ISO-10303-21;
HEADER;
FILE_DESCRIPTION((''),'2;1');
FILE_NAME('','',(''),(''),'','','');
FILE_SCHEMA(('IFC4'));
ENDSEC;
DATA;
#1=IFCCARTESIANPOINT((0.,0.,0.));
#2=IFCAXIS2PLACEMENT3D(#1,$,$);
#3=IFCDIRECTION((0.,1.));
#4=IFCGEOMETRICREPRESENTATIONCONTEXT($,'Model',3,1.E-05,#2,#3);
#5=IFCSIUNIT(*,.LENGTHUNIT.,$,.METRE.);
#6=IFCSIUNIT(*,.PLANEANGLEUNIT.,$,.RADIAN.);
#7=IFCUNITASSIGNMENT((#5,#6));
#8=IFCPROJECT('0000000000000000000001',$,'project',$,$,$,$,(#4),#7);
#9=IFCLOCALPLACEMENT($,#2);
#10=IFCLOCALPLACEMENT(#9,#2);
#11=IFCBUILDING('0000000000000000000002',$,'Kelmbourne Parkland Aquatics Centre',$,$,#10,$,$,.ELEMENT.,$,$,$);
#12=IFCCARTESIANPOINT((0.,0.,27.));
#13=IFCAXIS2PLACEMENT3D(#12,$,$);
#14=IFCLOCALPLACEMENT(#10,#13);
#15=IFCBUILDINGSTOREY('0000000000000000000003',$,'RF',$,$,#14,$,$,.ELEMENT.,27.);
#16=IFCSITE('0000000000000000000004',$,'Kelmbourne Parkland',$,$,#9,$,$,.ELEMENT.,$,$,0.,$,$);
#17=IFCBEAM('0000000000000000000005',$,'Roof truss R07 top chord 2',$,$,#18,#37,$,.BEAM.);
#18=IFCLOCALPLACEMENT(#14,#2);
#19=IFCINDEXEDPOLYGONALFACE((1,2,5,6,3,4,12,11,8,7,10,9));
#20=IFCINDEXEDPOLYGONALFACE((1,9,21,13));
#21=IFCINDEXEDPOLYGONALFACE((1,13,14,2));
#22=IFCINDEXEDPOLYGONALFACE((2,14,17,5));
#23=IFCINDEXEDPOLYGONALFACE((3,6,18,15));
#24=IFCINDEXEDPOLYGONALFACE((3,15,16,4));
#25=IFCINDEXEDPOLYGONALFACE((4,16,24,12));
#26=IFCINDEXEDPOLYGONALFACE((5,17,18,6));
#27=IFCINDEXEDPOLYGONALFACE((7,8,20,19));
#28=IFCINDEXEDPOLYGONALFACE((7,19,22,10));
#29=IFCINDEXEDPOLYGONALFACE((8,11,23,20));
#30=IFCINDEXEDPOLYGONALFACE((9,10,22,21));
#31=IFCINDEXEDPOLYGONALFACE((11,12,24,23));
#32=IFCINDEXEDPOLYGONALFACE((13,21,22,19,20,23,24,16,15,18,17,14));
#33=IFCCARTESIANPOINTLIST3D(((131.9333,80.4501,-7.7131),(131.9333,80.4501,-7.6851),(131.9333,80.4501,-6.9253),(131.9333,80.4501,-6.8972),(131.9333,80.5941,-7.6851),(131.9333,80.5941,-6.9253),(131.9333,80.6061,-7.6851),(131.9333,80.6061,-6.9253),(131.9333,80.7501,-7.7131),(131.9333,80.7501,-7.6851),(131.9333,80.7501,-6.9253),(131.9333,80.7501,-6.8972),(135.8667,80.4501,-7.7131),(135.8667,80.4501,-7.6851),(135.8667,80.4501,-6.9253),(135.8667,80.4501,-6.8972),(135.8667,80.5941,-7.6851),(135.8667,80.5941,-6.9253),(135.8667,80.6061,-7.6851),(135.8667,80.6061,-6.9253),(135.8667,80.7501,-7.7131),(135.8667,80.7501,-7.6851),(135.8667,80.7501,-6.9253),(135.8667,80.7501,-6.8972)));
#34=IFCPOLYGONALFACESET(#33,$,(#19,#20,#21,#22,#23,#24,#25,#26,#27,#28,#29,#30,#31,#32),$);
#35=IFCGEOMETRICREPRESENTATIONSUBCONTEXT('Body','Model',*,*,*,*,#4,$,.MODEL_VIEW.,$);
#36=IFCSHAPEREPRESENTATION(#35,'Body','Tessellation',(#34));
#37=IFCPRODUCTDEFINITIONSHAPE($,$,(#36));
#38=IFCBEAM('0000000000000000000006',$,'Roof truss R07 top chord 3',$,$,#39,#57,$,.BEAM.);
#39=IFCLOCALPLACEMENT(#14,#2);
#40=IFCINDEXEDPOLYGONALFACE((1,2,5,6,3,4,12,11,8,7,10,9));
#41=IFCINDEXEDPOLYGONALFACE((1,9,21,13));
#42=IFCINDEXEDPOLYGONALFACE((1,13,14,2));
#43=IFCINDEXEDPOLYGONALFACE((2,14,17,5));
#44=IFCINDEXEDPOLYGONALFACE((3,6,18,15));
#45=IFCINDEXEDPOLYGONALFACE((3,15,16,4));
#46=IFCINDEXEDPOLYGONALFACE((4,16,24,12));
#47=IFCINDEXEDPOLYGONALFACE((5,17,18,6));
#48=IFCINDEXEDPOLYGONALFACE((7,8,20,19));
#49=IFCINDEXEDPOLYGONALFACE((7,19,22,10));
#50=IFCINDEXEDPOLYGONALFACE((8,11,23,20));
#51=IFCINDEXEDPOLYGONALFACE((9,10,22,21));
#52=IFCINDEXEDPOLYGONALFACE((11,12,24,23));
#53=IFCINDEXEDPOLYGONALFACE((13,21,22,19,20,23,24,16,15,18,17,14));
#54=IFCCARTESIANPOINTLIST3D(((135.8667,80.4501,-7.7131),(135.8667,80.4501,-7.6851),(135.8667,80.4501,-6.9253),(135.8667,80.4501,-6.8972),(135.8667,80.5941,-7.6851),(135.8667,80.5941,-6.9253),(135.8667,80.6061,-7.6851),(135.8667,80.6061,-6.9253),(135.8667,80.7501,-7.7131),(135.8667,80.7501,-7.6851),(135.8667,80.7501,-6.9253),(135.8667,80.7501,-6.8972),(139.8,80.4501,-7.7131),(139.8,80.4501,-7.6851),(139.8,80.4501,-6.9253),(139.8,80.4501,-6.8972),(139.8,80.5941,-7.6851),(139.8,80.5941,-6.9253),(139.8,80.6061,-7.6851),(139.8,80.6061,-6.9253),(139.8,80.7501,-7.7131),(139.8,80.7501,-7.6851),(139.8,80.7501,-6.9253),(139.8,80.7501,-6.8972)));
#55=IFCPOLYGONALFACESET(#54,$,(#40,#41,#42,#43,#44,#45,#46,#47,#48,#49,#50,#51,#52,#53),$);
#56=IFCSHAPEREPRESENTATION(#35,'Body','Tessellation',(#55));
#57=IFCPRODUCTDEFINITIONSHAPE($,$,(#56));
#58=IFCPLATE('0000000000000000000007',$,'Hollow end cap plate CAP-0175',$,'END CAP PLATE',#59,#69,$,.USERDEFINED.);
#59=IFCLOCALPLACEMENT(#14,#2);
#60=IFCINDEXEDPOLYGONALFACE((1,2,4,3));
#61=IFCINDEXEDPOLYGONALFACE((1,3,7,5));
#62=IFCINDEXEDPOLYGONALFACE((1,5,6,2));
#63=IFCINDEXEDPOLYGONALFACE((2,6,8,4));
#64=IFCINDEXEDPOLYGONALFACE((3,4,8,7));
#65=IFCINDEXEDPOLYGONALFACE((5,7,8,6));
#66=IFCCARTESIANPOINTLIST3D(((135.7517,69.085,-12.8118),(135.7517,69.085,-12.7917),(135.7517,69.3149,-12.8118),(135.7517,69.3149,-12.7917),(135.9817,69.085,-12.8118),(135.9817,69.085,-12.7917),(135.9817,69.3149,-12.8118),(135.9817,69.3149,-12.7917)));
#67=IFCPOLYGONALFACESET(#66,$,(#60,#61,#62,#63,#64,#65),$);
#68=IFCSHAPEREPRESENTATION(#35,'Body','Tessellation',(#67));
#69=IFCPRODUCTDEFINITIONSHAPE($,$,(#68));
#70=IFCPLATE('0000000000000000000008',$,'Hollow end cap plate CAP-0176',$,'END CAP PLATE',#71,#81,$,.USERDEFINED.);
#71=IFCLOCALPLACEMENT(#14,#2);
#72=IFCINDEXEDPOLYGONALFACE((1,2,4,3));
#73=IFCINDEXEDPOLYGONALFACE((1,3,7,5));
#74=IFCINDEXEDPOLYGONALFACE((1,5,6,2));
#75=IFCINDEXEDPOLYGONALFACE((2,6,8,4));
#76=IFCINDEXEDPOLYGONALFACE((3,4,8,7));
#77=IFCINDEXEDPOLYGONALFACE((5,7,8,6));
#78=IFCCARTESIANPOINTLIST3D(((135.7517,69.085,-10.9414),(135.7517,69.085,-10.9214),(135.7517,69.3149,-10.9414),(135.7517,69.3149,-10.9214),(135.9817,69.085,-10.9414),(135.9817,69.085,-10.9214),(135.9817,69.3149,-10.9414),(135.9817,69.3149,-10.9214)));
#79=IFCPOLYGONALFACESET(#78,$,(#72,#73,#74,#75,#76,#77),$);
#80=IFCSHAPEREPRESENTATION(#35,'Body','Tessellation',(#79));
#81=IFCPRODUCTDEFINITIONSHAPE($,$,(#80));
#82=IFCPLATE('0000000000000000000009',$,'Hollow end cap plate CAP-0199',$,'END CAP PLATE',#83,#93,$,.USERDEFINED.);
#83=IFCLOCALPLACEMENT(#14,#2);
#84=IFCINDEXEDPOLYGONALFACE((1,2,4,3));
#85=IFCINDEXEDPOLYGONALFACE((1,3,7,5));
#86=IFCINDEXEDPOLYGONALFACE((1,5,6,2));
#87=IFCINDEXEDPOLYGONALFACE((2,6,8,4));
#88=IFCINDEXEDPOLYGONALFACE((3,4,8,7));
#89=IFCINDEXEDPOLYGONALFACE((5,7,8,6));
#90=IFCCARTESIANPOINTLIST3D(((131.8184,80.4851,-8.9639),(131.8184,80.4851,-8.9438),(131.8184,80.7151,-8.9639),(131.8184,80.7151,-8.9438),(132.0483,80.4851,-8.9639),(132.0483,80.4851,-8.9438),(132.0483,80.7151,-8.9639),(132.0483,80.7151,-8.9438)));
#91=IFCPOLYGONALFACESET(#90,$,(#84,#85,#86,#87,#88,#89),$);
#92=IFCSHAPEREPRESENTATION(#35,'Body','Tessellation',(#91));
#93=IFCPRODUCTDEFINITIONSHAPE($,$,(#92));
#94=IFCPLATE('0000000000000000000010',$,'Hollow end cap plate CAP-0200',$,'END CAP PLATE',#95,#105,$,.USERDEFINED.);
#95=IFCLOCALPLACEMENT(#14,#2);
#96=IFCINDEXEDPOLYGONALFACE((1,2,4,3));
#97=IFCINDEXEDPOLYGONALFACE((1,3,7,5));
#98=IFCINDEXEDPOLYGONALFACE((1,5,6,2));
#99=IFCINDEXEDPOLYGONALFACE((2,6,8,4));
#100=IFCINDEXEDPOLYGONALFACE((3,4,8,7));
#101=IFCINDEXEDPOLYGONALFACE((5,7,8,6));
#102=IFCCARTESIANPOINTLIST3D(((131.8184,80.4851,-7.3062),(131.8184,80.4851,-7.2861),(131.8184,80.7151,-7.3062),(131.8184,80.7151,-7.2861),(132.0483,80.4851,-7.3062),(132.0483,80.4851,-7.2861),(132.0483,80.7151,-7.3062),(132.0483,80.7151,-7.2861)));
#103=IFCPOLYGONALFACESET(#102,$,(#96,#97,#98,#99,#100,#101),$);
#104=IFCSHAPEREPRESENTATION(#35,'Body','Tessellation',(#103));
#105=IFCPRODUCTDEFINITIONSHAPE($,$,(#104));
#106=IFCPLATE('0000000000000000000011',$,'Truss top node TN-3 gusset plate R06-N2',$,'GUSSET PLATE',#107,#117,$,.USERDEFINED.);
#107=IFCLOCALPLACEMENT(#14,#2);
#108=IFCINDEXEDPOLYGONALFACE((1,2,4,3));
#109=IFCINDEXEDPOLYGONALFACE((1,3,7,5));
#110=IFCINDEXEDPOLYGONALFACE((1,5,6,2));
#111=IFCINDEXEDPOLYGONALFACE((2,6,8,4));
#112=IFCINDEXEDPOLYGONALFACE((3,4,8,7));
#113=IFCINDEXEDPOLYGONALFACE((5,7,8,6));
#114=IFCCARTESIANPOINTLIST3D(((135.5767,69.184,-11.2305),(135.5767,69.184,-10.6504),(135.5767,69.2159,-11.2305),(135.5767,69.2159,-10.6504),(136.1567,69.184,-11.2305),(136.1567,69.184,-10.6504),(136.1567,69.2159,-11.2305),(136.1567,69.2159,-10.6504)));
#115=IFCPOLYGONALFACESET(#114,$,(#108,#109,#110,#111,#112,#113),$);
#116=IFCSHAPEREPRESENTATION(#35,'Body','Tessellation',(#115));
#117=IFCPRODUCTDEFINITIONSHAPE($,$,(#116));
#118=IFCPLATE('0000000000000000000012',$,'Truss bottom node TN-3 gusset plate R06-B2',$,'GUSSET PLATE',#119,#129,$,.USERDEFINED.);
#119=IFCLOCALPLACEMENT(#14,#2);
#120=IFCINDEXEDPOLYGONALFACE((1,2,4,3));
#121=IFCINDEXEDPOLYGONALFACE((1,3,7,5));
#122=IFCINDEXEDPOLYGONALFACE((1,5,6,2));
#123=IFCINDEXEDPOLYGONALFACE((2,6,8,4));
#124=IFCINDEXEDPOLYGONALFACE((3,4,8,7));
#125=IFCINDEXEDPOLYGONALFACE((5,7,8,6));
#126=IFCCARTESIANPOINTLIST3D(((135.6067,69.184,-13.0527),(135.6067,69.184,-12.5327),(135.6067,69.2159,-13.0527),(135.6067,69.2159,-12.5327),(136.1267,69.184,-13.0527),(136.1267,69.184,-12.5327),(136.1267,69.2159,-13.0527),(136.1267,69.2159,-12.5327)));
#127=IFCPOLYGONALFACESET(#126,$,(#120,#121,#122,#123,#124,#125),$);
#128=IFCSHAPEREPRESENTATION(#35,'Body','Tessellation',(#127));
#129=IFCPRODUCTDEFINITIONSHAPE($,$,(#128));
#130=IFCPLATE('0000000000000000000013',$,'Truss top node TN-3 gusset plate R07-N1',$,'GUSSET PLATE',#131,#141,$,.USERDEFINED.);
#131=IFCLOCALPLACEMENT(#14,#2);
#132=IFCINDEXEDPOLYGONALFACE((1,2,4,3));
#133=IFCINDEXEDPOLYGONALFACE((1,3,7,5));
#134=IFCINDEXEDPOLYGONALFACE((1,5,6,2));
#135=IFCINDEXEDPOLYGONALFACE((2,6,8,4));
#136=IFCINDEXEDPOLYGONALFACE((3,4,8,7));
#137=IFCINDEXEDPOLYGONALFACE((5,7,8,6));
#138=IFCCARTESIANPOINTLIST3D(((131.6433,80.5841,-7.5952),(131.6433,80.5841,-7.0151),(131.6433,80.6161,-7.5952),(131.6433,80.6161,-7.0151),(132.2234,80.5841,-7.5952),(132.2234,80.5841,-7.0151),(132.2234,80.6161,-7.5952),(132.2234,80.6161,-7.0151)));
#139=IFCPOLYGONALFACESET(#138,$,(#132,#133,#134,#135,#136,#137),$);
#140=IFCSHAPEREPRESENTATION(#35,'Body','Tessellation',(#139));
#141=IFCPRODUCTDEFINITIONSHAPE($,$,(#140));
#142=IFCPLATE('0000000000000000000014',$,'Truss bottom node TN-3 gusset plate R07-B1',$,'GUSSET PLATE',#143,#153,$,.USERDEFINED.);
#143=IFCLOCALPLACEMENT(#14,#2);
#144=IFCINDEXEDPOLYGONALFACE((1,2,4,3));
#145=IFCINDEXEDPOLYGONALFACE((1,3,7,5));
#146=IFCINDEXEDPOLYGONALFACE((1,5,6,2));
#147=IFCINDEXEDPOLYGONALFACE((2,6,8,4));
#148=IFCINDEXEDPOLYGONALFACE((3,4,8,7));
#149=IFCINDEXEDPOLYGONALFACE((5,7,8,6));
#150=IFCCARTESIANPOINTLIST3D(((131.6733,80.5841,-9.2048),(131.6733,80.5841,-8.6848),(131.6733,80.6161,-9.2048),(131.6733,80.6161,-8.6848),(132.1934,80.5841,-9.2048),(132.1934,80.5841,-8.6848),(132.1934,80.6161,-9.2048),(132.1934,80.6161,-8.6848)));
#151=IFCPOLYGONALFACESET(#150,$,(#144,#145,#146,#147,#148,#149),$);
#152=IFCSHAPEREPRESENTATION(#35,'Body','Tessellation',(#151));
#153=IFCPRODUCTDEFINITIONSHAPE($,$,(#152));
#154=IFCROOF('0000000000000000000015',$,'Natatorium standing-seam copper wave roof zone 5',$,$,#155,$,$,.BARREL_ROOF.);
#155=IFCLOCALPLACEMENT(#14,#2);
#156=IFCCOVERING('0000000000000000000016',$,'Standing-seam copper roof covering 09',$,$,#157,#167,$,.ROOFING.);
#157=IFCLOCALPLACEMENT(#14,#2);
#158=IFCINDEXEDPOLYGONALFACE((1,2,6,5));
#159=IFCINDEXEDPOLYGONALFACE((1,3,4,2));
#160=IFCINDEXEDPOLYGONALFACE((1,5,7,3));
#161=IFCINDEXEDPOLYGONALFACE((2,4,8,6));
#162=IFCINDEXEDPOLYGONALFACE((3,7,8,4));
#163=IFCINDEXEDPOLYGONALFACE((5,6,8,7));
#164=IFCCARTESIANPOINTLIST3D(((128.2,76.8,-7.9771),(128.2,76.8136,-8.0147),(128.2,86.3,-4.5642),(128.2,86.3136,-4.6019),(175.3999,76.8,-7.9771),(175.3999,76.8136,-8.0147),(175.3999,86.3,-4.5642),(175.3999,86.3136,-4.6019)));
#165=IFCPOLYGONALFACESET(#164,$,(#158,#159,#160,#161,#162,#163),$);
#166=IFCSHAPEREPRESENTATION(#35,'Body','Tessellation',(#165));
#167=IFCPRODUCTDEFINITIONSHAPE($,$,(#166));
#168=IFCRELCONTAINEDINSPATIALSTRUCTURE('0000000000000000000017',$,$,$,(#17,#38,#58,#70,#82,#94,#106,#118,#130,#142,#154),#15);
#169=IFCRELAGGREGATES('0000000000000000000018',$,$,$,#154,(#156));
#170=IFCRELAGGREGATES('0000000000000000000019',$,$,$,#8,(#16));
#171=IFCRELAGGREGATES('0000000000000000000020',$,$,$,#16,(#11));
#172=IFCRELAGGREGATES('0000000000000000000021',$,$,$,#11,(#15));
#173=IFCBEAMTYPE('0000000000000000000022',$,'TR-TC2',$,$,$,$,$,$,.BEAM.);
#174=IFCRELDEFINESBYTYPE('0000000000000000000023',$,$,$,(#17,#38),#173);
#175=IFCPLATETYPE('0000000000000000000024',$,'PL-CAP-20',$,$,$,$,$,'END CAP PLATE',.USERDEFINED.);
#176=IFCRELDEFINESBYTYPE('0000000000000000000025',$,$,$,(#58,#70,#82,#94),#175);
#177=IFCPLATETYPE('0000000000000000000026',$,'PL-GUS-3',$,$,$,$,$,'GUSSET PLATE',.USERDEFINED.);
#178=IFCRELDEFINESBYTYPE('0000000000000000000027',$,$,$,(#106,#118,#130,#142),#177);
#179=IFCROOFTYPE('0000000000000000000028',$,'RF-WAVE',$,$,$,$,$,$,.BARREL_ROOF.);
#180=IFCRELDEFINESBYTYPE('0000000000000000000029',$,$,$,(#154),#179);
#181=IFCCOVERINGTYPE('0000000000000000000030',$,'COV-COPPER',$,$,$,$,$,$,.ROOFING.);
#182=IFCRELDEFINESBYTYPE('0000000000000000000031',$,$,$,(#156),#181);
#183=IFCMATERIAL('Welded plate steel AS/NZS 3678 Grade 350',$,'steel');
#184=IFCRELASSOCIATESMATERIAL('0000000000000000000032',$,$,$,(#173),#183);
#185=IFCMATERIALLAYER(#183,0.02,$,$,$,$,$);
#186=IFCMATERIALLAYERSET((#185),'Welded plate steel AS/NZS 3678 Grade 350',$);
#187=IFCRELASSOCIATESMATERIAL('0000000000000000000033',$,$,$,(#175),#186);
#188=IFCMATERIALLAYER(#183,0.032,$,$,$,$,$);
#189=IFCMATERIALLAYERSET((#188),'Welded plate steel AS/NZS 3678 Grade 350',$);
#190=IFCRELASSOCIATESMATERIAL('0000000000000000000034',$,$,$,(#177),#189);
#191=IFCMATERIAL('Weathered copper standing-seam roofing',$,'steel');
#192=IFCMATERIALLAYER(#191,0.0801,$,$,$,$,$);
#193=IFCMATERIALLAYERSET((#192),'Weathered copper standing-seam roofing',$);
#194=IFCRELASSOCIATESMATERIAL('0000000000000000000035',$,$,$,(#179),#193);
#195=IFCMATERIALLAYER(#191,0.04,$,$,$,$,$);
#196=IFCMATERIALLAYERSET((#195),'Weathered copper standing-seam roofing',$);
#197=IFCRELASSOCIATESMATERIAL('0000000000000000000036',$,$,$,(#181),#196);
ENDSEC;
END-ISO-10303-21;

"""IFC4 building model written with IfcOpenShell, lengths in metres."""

from ifc_helpers import new_model, si_unit, direction, frame, origin, origin_2d, place, context, subcontext, project, spatial, polyline, rectangle, i_section, outline, extrude, material, layer, layer_set, material_profile, profile_set, type_object, element, aggregate, save


model = new_model("IFC4")

# Units and contexts
model_context = context("Model", 3, precision=1e-05, world=origin(), true_north=direction((0.0, 1.0)))
body_context = subcontext(model_context, "Body", "Model", "MODEL_VIEW")
ifc_project = project(units=[si_unit("LENGTHUNIT", "METRE"), si_unit("PLANEANGLEUNIT", "RADIAN")], contexts=[model_context])

# Site, building, storey
site_placement = place(None, origin())
site = spatial("IfcSite", under=ifc_project, at=site_placement, Name="Kelmbourne Parkland", CompositionType="ELEMENT", RefElevation=0.0)
building_placement = place(site_placement, origin())
building = spatial("IfcBuilding", under=site, at=building_placement, Name="Kelmbourne Parkland Aquatics Centre", CompositionType="ELEMENT")
storey_placement = place(building_placement, frame((0.0, 0.0, 27.0)))
storey = spatial("IfcBuildingStorey", under=building, at=storey_placement, Name="RF", CompositionType="ELEMENT", Elevation=27.0)

# Beams
ifc_material_1 = material(Name="Welded plate steel AS/NZS 3678 Grade 350", Category="steel")
ifc_material_profile_1 = material_profile(ifc_material_1, i_section(OverallWidth=0.3, OverallDepth=0.8159, WebThickness=0.012, FlangeThickness=0.0281, at=origin_2d()), Name="800WB192")
ifc_profile_set_1 = profile_set([ifc_material_profile_1], Name="Welded plate steel AS/NZS 3678 Grade 350")
beam_type_1 = type_object("IfcBeamType", Name="TR-TC2", PredefinedType="BEAM", material=ifc_profile_set_1)
for number, where, z_axis, x_axis, name in (
    (1, (131.9333, 80.6001, -7.3052), (1.0, 0.0, 0.0), (0.0, 1.0, 0.0), "Roof truss R07 top chord 2"),
    (2, (135.8667, 80.6001, -7.3052), (1.0, 0.0, 0.0), (0.0, 1.0, 0.0), "Roof truss R07 top chord 3"),
):
    element("IfcBeam", number, at=place(storey_placement, frame(where, z_axis=z_axis, x_axis=x_axis)), inside=storey, type_object=beam_type_1, Name=name, PredefinedType="BEAM", context=body_context, shape_type="SweptSolid", body=[
        extrude(i_section(OverallWidth=0.3, OverallDepth=0.8159, WebThickness=0.012, FlangeThickness=0.0281, at=origin_2d()), origin(), (0.0, 0.0, 1.0), 3.9333),
    ])

# Plates
ifc_layer_1 = layer(ifc_material_1, 0.02)
ifc_layer_set_1 = layer_set([ifc_layer_1], Name="Welded plate steel AS/NZS 3678 Grade 350")
plate_type_1 = type_object("IfcPlateType", Name="PL-CAP-20", ElementType="END CAP PLATE", PredefinedType="USERDEFINED", material=ifc_layer_set_1)
for number, where, z_axis, x_axis, name in (
    (3, (135.8667, 69.2, -12.8118), (0.0, 0.0, 1.0), (1.0, 0.0, 0.0), "Hollow end cap plate CAP-0175"),
    (4, (135.8667, 69.2, -10.9414), (0.0, 0.0, 1.0), (1.0, 0.0, 0.0), "Hollow end cap plate CAP-0176"),
    (5, (131.9333, 80.6001, -8.9639), (0.0, 0.0, 1.0), (1.0, 0.0, 0.0), "Hollow end cap plate CAP-0199"),
    (6, (131.9333, 80.6001, -7.3062), (0.0, 0.0, 1.0), (1.0, 0.0, 0.0), "Hollow end cap plate CAP-0200"),
):
    element("IfcPlate", number, at=place(storey_placement, frame(where, z_axis=z_axis, x_axis=x_axis)), inside=storey, type_object=plate_type_1, Name=name, ObjectType="END CAP PLATE", PredefinedType="USERDEFINED", context=body_context, shape_type="SweptSolid", body=[
        extrude(rectangle(XDim=0.23, YDim=0.23, at=origin_2d()), origin(), (0.0, 0.0, 1.0), 0.02),
    ])
ifc_layer_2 = layer(ifc_material_1, 0.032)
ifc_layer_set_2 = layer_set([ifc_layer_2], Name="Welded plate steel AS/NZS 3678 Grade 350")
plate_type_2 = type_object("IfcPlateType", Name="PL-GUS-3", ElementType="GUSSET PLATE", PredefinedType="USERDEFINED", material=ifc_layer_set_2)
plate_1_placement = place(storey_placement, frame((135.8667, 69.2, -11.2305), z_axis=(0.0, 0.0, 1.0), x_axis=(1.0, 0.0, 0.0)))
element("IfcPlate", 7, at=plate_1_placement, inside=storey, type_object=plate_type_2, Name="Truss top node TN-3 gusset plate R06-N2", ObjectType="GUSSET PLATE", PredefinedType="USERDEFINED", context=body_context, shape_type="SweptSolid", body=[
    extrude(rectangle(XDim=0.5801, YDim=0.032, at=origin_2d()), origin(), (0.0, 0.0, 1.0), 0.5801),
])
plate_2_placement = place(storey_placement, frame((135.8667, 69.2, -13.0527), z_axis=(0.0, 0.0, 1.0), x_axis=(1.0, 0.0, 0.0)))
element("IfcPlate", 8, at=plate_2_placement, inside=storey, type_object=plate_type_2, Name="Truss bottom node TN-3 gusset plate R06-B2", ObjectType="GUSSET PLATE", PredefinedType="USERDEFINED", context=body_context, shape_type="SweptSolid", body=[
    extrude(rectangle(XDim=0.52, YDim=0.032, at=origin_2d()), origin(), (0.0, 0.0, 1.0), 0.52),
])
plate_3_placement = place(storey_placement, frame((131.9333, 80.6001, -7.5952), z_axis=(0.0, 0.0, 1.0), x_axis=(1.0, 0.0, 0.0)))
element("IfcPlate", 9, at=plate_3_placement, inside=storey, type_object=plate_type_2, Name="Truss top node TN-3 gusset plate R07-N1", ObjectType="GUSSET PLATE", PredefinedType="USERDEFINED", context=body_context, shape_type="SweptSolid", body=[
    extrude(rectangle(XDim=0.5801, YDim=0.032, at=origin_2d()), origin(), (0.0, 0.0, 1.0), 0.5801),
])
plate_4_placement = place(storey_placement, frame((131.9333, 80.6001, -9.2048), z_axis=(0.0, 0.0, 1.0), x_axis=(1.0, 0.0, 0.0)))
element("IfcPlate", 10, at=plate_4_placement, inside=storey, type_object=plate_type_2, Name="Truss bottom node TN-3 gusset plate R07-B1", ObjectType="GUSSET PLATE", PredefinedType="USERDEFINED", context=body_context, shape_type="SweptSolid", body=[
    extrude(rectangle(XDim=0.52, YDim=0.032, at=origin_2d()), origin(), (0.0, 0.0, 1.0), 0.52),
])

# Roof, covering
ifc_material_2 = material(Name="Weathered copper standing-seam roofing", Category="steel")
ifc_layer_3 = layer(ifc_material_2, 0.0801)
ifc_layer_set_3 = layer_set([ifc_layer_3], Name="Weathered copper standing-seam roofing")
roof_type = type_object("IfcRoofType", Name="RF-WAVE", PredefinedType="BARREL_ROOF", material=ifc_layer_set_3)
roof_placement = place(storey_placement, origin())
roof = element("IfcRoof", 11, at=roof_placement, inside=storey, type_object=roof_type, Name="Natatorium standing-seam copper wave roof zone 5", PredefinedType="BARREL_ROOF")
ifc_layer_4 = layer(ifc_material_2, 0.04)
ifc_layer_set_4 = layer_set([ifc_layer_4], Name="Weathered copper standing-seam roofing")
covering_type = type_object("IfcCoveringType", Name="COV-COPPER", PredefinedType="ROOFING", material=ifc_layer_set_4)
covering_placement = place(storey_placement, frame((128.2, 76.8, -7.9771), z_axis=(0.0, -0.338092, 0.941113), x_axis=(1.0, 0.0, 0.0)))
covering = element("IfcCovering", 12, at=covering_placement, type_object=covering_type, Name="Standing-seam copper roof covering 09", PredefinedType="ROOFING", context=body_context, shape_type="SweptSolid", body=[
    extrude(outline(polyline([(0.0, 0.0), (47.2, 0.0), (47.2, 10.0944), (0.0, 10.0944), (0.0, 0.0)])), origin(), (0.0, 0.0, -1.0), 0.04),
])
aggregate(roof, [covering])

save(model, "model.ifc")
